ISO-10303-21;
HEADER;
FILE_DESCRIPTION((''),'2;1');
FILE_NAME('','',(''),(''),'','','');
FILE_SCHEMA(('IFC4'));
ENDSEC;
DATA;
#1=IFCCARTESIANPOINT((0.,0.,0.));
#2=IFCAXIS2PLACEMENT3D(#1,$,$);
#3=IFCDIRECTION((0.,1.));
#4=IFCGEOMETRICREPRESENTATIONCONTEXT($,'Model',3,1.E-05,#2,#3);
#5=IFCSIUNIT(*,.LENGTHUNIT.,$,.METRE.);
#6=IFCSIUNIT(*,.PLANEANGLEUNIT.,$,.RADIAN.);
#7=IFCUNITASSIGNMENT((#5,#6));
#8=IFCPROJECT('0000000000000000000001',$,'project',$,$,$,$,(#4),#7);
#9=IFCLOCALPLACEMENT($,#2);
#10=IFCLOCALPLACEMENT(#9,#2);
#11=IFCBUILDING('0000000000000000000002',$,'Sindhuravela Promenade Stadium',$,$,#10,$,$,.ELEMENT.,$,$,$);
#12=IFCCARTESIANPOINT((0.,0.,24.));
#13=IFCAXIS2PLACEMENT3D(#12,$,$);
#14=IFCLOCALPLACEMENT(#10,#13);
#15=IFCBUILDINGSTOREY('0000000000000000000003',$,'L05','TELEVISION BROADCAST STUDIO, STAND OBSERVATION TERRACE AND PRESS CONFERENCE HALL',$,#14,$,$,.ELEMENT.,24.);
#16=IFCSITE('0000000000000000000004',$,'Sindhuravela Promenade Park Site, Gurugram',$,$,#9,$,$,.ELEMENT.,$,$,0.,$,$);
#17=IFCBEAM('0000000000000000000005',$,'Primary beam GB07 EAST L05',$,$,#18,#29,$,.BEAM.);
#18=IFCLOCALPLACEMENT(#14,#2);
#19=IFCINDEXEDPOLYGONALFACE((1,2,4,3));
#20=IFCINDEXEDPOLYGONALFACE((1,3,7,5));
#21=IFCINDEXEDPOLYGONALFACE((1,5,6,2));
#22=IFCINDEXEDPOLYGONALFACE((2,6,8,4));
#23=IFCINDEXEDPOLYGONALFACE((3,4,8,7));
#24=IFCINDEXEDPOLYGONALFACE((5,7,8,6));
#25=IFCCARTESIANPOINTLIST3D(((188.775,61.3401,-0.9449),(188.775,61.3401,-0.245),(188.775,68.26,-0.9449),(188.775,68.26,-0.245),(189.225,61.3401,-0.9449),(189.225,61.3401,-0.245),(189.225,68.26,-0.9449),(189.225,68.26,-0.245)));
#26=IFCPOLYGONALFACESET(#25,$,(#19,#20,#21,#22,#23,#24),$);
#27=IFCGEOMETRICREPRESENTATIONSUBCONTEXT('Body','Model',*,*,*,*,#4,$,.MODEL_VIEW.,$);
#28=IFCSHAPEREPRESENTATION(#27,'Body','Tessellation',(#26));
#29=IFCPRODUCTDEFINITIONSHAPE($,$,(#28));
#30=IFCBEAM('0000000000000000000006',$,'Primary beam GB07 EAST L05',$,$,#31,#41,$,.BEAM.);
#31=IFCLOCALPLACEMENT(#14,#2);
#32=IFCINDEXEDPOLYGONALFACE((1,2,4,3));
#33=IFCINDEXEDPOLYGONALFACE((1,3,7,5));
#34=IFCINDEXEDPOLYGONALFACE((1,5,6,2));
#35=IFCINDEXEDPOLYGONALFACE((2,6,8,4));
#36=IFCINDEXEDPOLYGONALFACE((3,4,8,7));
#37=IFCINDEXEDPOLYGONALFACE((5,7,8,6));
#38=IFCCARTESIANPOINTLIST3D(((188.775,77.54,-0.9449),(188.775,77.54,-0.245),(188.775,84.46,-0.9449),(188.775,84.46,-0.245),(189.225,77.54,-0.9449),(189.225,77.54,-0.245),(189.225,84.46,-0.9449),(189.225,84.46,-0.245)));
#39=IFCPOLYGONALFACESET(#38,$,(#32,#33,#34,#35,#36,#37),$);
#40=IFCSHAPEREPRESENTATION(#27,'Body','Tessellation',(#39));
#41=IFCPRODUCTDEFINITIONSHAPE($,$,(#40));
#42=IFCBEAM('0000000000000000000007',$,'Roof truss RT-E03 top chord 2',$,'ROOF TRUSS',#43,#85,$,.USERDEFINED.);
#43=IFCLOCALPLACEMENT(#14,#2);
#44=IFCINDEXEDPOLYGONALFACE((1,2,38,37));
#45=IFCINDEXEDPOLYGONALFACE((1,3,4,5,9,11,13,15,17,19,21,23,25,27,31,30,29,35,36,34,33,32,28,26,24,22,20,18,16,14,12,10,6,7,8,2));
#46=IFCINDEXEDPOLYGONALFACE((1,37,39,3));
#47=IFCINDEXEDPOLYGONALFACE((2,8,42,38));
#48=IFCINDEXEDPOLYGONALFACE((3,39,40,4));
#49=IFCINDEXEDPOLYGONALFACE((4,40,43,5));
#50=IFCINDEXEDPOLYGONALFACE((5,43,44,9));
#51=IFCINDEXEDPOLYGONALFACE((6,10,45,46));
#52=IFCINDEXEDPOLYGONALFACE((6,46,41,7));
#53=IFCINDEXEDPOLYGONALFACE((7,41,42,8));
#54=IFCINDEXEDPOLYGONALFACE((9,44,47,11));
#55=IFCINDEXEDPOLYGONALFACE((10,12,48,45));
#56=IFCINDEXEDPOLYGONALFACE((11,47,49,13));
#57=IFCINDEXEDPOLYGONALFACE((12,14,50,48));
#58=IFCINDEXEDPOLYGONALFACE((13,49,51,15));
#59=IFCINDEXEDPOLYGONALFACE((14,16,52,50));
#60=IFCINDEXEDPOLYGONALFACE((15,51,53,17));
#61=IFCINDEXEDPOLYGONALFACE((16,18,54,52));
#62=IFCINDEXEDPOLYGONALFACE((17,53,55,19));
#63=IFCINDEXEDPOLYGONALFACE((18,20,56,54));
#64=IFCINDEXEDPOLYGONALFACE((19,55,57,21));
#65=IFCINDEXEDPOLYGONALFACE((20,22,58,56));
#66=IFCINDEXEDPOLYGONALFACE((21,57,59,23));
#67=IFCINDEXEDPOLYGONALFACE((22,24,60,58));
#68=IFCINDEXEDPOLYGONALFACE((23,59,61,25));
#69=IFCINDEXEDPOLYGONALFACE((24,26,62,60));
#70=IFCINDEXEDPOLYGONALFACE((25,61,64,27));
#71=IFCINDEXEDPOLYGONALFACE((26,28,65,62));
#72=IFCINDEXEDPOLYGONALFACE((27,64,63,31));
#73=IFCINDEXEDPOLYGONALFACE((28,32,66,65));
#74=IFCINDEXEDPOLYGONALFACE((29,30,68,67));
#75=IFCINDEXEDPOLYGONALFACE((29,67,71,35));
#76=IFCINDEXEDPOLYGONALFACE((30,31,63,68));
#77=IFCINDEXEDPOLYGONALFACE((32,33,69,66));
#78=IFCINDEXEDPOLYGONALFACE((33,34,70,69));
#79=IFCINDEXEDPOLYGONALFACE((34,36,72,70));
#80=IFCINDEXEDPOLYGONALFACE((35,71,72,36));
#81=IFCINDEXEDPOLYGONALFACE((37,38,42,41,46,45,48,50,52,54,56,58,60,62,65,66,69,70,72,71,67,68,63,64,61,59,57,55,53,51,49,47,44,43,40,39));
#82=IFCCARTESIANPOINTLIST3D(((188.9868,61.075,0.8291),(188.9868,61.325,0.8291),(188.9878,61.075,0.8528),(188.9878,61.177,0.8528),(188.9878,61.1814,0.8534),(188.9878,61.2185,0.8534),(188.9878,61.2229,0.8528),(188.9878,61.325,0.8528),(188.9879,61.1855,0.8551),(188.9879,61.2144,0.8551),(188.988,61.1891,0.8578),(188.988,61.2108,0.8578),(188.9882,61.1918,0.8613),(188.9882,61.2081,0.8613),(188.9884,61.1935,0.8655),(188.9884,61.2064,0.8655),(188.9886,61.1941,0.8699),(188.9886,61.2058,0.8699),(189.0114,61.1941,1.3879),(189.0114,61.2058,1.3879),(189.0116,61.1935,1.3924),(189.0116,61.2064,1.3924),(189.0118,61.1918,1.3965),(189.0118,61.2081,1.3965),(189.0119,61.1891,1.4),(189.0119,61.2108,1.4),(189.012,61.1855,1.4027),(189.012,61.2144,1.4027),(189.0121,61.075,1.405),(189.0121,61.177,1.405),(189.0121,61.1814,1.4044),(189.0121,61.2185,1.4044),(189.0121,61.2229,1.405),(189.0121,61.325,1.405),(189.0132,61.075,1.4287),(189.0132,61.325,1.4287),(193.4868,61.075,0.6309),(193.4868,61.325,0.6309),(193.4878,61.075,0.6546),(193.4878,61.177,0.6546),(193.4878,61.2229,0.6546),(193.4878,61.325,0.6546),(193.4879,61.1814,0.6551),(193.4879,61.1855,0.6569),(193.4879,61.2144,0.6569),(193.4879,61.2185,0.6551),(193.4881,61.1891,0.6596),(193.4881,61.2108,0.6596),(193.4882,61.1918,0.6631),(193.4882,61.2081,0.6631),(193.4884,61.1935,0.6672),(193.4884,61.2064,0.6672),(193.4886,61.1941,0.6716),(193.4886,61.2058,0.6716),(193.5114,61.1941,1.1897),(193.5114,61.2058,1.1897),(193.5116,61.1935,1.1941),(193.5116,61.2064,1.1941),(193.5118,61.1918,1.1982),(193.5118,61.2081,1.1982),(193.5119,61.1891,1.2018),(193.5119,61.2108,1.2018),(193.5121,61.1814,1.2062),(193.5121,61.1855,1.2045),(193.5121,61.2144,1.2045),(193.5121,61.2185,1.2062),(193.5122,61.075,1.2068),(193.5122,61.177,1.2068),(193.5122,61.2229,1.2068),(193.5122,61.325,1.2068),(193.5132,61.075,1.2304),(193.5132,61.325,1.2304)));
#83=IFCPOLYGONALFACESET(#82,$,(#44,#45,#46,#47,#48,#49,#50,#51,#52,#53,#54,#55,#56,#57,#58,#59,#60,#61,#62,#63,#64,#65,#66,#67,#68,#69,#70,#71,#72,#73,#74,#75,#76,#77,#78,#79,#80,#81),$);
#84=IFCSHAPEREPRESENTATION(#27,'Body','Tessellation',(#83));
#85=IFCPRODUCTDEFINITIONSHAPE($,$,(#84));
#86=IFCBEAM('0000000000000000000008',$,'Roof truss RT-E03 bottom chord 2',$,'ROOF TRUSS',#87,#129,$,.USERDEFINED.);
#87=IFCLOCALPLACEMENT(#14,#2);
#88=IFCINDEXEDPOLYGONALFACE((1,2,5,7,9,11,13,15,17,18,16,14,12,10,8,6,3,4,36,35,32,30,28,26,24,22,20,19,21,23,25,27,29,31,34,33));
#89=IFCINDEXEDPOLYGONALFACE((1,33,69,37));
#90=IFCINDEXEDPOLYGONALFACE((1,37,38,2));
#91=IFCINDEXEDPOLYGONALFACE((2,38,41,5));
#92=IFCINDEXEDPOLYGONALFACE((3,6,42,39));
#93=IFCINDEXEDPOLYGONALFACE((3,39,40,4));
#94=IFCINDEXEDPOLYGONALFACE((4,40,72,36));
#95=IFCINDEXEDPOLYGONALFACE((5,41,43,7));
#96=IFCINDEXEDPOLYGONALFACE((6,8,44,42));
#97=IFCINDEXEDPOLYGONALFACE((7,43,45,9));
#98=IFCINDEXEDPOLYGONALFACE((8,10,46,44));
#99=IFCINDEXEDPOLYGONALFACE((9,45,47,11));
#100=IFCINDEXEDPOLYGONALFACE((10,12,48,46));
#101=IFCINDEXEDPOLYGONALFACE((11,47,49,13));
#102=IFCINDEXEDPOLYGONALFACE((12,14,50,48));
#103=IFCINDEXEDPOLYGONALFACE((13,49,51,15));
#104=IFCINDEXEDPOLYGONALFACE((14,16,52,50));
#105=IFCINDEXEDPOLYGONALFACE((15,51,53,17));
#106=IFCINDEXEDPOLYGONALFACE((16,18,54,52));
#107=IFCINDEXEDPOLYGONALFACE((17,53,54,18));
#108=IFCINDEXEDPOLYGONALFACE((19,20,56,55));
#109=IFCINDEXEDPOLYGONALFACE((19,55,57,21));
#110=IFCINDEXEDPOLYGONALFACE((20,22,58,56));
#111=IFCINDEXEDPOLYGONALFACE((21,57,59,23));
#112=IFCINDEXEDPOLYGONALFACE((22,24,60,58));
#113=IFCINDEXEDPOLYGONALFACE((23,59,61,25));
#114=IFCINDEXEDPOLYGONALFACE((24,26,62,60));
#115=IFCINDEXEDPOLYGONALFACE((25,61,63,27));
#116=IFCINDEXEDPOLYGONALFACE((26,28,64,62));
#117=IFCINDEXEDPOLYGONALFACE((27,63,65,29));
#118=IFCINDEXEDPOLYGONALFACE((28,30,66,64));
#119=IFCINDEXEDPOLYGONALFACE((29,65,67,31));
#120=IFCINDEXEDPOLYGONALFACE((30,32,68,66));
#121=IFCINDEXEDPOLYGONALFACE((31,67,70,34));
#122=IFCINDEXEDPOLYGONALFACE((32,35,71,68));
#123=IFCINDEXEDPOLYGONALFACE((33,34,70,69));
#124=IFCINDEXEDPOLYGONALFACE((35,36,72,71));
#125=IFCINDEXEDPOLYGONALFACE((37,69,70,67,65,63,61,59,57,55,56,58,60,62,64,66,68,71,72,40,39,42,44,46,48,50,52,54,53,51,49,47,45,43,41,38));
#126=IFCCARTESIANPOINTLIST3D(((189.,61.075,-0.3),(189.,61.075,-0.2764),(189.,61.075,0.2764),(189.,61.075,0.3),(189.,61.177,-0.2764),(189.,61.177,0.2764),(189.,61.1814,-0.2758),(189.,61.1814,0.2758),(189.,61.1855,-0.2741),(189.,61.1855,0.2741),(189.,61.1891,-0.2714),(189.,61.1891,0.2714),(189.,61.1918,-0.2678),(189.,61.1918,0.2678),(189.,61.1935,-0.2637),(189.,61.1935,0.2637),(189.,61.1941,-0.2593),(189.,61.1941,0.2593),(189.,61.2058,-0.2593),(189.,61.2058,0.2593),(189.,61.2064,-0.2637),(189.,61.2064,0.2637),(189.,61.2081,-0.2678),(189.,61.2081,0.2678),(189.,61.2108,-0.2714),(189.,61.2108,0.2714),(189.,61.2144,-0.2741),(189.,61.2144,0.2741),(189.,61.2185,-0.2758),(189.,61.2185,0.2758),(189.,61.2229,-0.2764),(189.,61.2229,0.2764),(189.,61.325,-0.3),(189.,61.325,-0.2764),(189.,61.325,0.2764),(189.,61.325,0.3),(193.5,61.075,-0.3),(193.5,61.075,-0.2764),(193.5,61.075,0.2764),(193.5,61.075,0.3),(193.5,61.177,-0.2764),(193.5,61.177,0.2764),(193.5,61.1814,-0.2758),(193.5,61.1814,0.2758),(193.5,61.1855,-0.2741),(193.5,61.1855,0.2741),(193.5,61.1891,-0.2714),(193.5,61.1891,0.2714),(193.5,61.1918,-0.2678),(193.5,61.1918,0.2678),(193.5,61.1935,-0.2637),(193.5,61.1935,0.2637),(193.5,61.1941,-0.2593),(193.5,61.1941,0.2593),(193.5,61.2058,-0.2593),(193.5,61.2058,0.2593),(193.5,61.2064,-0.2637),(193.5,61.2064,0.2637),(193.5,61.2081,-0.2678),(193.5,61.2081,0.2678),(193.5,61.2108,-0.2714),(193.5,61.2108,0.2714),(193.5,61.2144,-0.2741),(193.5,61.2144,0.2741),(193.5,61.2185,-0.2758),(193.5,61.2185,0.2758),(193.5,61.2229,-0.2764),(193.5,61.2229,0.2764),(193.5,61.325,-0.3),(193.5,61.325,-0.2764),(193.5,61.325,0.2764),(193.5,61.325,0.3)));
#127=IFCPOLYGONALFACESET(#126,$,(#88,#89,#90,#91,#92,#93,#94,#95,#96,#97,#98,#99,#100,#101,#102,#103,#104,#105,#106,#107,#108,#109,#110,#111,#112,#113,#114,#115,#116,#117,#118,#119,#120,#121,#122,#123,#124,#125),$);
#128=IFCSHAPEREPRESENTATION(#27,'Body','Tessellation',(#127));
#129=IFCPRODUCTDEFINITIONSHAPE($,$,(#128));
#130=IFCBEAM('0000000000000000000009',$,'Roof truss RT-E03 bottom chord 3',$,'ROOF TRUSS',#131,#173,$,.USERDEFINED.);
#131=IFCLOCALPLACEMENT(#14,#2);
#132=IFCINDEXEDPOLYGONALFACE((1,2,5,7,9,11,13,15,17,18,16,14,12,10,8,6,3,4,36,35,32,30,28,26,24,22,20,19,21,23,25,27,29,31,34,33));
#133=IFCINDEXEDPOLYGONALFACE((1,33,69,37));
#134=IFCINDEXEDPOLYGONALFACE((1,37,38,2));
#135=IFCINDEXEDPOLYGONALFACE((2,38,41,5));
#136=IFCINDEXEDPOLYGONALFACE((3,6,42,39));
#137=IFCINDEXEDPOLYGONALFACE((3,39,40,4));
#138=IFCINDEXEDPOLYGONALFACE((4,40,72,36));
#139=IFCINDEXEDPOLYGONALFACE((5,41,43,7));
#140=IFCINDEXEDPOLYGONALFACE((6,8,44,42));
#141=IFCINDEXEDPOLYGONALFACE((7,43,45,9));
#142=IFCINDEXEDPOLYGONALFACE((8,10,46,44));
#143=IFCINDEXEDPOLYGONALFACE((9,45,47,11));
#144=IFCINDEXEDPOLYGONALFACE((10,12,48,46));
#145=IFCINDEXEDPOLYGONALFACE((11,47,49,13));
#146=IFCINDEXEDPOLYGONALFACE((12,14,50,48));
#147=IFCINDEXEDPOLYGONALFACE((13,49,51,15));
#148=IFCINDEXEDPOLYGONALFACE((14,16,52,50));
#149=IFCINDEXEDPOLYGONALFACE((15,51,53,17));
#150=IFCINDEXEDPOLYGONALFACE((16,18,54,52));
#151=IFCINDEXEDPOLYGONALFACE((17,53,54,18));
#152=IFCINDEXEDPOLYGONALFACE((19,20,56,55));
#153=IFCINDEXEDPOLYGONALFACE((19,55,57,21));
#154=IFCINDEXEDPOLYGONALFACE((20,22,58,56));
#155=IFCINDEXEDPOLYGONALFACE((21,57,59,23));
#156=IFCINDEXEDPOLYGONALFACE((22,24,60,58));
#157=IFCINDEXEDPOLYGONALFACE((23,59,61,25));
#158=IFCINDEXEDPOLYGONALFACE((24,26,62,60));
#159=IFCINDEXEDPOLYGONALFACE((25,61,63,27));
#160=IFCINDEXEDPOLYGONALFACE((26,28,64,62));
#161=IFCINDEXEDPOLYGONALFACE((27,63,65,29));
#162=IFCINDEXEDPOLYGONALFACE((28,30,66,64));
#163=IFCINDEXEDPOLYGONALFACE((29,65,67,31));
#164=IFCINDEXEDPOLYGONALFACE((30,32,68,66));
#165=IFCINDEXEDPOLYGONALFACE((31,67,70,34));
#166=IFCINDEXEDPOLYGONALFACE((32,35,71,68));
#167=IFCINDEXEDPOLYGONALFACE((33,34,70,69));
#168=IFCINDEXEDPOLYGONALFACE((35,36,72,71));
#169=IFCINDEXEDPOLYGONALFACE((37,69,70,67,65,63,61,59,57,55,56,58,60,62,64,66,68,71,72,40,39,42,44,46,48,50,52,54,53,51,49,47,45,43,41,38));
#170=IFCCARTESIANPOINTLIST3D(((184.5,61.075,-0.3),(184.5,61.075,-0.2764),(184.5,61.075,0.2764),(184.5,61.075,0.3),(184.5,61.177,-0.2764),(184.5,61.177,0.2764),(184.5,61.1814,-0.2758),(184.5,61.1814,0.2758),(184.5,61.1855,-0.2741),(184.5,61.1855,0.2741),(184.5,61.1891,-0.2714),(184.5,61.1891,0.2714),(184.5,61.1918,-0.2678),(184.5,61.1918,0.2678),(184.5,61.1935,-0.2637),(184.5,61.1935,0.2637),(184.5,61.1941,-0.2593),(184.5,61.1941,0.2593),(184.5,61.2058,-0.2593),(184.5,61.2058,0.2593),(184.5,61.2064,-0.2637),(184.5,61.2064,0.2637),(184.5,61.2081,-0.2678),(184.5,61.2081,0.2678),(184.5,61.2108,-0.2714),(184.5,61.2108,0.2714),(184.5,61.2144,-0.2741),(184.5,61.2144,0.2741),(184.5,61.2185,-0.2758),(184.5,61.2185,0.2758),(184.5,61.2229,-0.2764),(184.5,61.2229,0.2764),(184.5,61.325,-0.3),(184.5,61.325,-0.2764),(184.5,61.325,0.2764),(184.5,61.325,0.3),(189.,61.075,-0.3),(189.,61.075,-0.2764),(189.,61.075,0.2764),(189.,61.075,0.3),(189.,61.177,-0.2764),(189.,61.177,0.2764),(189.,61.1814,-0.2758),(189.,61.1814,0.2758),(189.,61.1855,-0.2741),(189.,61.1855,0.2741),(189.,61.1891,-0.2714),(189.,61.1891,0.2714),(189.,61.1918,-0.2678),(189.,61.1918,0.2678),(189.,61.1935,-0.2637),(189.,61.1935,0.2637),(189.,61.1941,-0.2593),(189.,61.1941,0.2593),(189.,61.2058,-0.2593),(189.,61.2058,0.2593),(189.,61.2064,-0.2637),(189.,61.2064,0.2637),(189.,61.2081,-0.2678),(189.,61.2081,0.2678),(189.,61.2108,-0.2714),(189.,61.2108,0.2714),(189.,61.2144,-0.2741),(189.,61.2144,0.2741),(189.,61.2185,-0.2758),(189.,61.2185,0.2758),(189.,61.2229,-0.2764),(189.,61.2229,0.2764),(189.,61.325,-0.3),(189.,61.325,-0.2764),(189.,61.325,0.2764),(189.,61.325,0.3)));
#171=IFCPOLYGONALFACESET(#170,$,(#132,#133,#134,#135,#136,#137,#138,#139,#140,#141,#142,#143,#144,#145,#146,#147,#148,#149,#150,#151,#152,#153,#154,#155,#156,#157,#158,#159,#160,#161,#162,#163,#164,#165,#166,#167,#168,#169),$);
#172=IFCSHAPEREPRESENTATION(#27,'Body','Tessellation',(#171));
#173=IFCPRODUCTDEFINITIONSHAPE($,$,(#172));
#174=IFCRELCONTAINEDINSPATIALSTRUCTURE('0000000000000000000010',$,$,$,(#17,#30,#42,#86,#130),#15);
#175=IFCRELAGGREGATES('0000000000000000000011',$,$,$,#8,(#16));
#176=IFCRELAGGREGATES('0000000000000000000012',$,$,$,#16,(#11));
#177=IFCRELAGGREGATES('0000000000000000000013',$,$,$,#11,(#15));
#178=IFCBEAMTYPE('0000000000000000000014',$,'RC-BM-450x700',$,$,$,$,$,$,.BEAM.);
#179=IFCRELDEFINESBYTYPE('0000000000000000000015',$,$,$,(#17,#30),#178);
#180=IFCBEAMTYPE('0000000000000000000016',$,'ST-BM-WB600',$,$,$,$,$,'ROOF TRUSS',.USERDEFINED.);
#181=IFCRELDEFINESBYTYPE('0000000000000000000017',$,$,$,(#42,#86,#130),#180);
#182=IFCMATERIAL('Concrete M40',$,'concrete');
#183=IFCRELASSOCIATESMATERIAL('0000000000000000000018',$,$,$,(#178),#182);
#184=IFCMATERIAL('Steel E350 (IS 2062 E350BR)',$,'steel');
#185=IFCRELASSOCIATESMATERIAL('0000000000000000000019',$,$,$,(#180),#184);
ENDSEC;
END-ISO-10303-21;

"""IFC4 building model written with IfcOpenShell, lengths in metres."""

from ifc_helpers import new_model, si_unit, direction, frame, origin, origin_2d, place, context, subcontext, project, spatial, rectangle, i_section, extrude, material, material_profile, profile_set, type_object, element, save


model = new_model("IFC4")

# Units and contexts
model_context = context("Model", 3, precision=1e-05, world=origin(), true_north=direction((0.0, 1.0)))
body_context = subcontext(model_context, "Body", "Model", "MODEL_VIEW")
ifc_project = project(units=[si_unit("LENGTHUNIT", "METRE"), si_unit("PLANEANGLEUNIT", "RADIAN")], contexts=[model_context])

# Site, building, storey
site_placement = place(None, origin())
site = spatial("IfcSite", under=ifc_project, at=site_placement, Name="Sindhuravela Promenade Park Site, Gurugram", CompositionType="ELEMENT", RefElevation=0.0)
building_placement = place(site_placement, origin())
building = spatial("IfcBuilding", under=site, at=building_placement, Name="Sindhuravela Promenade Stadium", CompositionType="ELEMENT")
storey_placement = place(building_placement, frame((0.0, 0.0, 24.0)))
storey = spatial("IfcBuildingStorey", under=building, at=storey_placement, Name="L05", Description="TELEVISION BROADCAST STUDIO, STAND OBSERVATION TERRACE AND PRESS CONFERENCE HALL", CompositionType="ELEMENT", Elevation=24.0)

# Beams
ifc_material_1 = material(Name="Concrete M40", Category="concrete")
ifc_material_profile_1 = material_profile(ifc_material_1, rectangle(XDim=0.45, YDim=0.7, at=origin_2d()), Name="RC 450x700")
ifc_profile_set_1 = profile_set([ifc_material_profile_1], Name="Concrete M40")
beam_type_1 = type_object("IfcBeamType", Name="RC-BM-450x700", PredefinedType="BEAM", material=ifc_profile_set_1)
for number, where, z_axis, x_axis, name in (
    (1, (189.0, 61.3401, -0.595), (0.0, 1.0, 0.0), (-1.0, 0.0, 0.0), "Primary beam GB07 EAST L05"),
    (2, (189.0, 77.54, -0.595), (0.0, 1.0, 0.0), (-1.0, 0.0, 0.0), "Primary beam GB07 EAST L05"),
):
    element("IfcBeam", number, at=place(storey_placement, frame(where, z_axis=z_axis, x_axis=x_axis)), inside=storey, type_object=beam_type_1, Name=name, PredefinedType="BEAM", context=body_context, shape_type="SweptSolid", body=[
        extrude(rectangle(XDim=0.45, YDim=0.7, at=origin_2d()), origin(), (0.0, 0.0, 1.0), 6.9199),
    ])
ifc_material_2 = material(Name="Steel E350 (IS 2062 E350BR)", Category="steel")
ifc_material_profile_2 = material_profile(ifc_material_2, i_section(OverallWidth=0.25, OverallDepth=0.6001, WebThickness=0.0117, FlangeThickness=0.0237, FilletRadius=0.0171, at=origin_2d()), Name="ISWB 600")
ifc_profile_set_2 = profile_set([ifc_material_profile_2], Name="Steel E350 (IS 2062 E350BR)")
beam_type_2 = type_object("IfcBeamType", Name="ST-BM-WB600", ElementType="ROOF TRUSS", PredefinedType="USERDEFINED", material=ifc_profile_set_2)
beam_1_placement = place(storey_placement, frame((193.5, 61.2, 0.9307), z_axis=(-0.999031, 0.0, 0.044011), x_axis=(0.0, -1.0, 0.0)))
element("IfcBeam", 3, at=beam_1_placement, inside=storey, type_object=beam_type_2, Name="Roof truss RT-E03 top chord 2", ObjectType="ROOF TRUSS", PredefinedType="USERDEFINED", context=body_context, shape_type="SweptSolid", body=[
    extrude(i_section(OverallWidth=0.25, OverallDepth=0.6001, WebThickness=0.0117, FlangeThickness=0.0237, FilletRadius=0.0171, at=origin_2d()), origin(), (0.0, 0.0, 1.0), 4.5044),
])
for number, where, z_axis, x_axis, name in (
    (4, (193.5, 61.2, 0.0), (-1.0, 0.0, 0.0), (0.0, -1.0, 0.0), "Roof truss RT-E03 bottom chord 2"),
    (5, (189.0, 61.2, 0.0), (-1.0, 0.0, 0.0), (0.0, -1.0, 0.0), "Roof truss RT-E03 bottom chord 3"),
):
    element("IfcBeam", number, at=place(storey_placement, frame(where, z_axis=z_axis, x_axis=x_axis)), inside=storey, type_object=beam_type_2, Name=name, ObjectType="ROOF TRUSS", PredefinedType="USERDEFINED", context=body_context, shape_type="SweptSolid", body=[
        extrude(i_section(OverallWidth=0.25, OverallDepth=0.6001, WebThickness=0.0117, FlangeThickness=0.0237, FilletRadius=0.0171, at=origin_2d()), origin(), (0.0, 0.0, 1.0), 4.5),
    ])

save(model, "model.ifc")
